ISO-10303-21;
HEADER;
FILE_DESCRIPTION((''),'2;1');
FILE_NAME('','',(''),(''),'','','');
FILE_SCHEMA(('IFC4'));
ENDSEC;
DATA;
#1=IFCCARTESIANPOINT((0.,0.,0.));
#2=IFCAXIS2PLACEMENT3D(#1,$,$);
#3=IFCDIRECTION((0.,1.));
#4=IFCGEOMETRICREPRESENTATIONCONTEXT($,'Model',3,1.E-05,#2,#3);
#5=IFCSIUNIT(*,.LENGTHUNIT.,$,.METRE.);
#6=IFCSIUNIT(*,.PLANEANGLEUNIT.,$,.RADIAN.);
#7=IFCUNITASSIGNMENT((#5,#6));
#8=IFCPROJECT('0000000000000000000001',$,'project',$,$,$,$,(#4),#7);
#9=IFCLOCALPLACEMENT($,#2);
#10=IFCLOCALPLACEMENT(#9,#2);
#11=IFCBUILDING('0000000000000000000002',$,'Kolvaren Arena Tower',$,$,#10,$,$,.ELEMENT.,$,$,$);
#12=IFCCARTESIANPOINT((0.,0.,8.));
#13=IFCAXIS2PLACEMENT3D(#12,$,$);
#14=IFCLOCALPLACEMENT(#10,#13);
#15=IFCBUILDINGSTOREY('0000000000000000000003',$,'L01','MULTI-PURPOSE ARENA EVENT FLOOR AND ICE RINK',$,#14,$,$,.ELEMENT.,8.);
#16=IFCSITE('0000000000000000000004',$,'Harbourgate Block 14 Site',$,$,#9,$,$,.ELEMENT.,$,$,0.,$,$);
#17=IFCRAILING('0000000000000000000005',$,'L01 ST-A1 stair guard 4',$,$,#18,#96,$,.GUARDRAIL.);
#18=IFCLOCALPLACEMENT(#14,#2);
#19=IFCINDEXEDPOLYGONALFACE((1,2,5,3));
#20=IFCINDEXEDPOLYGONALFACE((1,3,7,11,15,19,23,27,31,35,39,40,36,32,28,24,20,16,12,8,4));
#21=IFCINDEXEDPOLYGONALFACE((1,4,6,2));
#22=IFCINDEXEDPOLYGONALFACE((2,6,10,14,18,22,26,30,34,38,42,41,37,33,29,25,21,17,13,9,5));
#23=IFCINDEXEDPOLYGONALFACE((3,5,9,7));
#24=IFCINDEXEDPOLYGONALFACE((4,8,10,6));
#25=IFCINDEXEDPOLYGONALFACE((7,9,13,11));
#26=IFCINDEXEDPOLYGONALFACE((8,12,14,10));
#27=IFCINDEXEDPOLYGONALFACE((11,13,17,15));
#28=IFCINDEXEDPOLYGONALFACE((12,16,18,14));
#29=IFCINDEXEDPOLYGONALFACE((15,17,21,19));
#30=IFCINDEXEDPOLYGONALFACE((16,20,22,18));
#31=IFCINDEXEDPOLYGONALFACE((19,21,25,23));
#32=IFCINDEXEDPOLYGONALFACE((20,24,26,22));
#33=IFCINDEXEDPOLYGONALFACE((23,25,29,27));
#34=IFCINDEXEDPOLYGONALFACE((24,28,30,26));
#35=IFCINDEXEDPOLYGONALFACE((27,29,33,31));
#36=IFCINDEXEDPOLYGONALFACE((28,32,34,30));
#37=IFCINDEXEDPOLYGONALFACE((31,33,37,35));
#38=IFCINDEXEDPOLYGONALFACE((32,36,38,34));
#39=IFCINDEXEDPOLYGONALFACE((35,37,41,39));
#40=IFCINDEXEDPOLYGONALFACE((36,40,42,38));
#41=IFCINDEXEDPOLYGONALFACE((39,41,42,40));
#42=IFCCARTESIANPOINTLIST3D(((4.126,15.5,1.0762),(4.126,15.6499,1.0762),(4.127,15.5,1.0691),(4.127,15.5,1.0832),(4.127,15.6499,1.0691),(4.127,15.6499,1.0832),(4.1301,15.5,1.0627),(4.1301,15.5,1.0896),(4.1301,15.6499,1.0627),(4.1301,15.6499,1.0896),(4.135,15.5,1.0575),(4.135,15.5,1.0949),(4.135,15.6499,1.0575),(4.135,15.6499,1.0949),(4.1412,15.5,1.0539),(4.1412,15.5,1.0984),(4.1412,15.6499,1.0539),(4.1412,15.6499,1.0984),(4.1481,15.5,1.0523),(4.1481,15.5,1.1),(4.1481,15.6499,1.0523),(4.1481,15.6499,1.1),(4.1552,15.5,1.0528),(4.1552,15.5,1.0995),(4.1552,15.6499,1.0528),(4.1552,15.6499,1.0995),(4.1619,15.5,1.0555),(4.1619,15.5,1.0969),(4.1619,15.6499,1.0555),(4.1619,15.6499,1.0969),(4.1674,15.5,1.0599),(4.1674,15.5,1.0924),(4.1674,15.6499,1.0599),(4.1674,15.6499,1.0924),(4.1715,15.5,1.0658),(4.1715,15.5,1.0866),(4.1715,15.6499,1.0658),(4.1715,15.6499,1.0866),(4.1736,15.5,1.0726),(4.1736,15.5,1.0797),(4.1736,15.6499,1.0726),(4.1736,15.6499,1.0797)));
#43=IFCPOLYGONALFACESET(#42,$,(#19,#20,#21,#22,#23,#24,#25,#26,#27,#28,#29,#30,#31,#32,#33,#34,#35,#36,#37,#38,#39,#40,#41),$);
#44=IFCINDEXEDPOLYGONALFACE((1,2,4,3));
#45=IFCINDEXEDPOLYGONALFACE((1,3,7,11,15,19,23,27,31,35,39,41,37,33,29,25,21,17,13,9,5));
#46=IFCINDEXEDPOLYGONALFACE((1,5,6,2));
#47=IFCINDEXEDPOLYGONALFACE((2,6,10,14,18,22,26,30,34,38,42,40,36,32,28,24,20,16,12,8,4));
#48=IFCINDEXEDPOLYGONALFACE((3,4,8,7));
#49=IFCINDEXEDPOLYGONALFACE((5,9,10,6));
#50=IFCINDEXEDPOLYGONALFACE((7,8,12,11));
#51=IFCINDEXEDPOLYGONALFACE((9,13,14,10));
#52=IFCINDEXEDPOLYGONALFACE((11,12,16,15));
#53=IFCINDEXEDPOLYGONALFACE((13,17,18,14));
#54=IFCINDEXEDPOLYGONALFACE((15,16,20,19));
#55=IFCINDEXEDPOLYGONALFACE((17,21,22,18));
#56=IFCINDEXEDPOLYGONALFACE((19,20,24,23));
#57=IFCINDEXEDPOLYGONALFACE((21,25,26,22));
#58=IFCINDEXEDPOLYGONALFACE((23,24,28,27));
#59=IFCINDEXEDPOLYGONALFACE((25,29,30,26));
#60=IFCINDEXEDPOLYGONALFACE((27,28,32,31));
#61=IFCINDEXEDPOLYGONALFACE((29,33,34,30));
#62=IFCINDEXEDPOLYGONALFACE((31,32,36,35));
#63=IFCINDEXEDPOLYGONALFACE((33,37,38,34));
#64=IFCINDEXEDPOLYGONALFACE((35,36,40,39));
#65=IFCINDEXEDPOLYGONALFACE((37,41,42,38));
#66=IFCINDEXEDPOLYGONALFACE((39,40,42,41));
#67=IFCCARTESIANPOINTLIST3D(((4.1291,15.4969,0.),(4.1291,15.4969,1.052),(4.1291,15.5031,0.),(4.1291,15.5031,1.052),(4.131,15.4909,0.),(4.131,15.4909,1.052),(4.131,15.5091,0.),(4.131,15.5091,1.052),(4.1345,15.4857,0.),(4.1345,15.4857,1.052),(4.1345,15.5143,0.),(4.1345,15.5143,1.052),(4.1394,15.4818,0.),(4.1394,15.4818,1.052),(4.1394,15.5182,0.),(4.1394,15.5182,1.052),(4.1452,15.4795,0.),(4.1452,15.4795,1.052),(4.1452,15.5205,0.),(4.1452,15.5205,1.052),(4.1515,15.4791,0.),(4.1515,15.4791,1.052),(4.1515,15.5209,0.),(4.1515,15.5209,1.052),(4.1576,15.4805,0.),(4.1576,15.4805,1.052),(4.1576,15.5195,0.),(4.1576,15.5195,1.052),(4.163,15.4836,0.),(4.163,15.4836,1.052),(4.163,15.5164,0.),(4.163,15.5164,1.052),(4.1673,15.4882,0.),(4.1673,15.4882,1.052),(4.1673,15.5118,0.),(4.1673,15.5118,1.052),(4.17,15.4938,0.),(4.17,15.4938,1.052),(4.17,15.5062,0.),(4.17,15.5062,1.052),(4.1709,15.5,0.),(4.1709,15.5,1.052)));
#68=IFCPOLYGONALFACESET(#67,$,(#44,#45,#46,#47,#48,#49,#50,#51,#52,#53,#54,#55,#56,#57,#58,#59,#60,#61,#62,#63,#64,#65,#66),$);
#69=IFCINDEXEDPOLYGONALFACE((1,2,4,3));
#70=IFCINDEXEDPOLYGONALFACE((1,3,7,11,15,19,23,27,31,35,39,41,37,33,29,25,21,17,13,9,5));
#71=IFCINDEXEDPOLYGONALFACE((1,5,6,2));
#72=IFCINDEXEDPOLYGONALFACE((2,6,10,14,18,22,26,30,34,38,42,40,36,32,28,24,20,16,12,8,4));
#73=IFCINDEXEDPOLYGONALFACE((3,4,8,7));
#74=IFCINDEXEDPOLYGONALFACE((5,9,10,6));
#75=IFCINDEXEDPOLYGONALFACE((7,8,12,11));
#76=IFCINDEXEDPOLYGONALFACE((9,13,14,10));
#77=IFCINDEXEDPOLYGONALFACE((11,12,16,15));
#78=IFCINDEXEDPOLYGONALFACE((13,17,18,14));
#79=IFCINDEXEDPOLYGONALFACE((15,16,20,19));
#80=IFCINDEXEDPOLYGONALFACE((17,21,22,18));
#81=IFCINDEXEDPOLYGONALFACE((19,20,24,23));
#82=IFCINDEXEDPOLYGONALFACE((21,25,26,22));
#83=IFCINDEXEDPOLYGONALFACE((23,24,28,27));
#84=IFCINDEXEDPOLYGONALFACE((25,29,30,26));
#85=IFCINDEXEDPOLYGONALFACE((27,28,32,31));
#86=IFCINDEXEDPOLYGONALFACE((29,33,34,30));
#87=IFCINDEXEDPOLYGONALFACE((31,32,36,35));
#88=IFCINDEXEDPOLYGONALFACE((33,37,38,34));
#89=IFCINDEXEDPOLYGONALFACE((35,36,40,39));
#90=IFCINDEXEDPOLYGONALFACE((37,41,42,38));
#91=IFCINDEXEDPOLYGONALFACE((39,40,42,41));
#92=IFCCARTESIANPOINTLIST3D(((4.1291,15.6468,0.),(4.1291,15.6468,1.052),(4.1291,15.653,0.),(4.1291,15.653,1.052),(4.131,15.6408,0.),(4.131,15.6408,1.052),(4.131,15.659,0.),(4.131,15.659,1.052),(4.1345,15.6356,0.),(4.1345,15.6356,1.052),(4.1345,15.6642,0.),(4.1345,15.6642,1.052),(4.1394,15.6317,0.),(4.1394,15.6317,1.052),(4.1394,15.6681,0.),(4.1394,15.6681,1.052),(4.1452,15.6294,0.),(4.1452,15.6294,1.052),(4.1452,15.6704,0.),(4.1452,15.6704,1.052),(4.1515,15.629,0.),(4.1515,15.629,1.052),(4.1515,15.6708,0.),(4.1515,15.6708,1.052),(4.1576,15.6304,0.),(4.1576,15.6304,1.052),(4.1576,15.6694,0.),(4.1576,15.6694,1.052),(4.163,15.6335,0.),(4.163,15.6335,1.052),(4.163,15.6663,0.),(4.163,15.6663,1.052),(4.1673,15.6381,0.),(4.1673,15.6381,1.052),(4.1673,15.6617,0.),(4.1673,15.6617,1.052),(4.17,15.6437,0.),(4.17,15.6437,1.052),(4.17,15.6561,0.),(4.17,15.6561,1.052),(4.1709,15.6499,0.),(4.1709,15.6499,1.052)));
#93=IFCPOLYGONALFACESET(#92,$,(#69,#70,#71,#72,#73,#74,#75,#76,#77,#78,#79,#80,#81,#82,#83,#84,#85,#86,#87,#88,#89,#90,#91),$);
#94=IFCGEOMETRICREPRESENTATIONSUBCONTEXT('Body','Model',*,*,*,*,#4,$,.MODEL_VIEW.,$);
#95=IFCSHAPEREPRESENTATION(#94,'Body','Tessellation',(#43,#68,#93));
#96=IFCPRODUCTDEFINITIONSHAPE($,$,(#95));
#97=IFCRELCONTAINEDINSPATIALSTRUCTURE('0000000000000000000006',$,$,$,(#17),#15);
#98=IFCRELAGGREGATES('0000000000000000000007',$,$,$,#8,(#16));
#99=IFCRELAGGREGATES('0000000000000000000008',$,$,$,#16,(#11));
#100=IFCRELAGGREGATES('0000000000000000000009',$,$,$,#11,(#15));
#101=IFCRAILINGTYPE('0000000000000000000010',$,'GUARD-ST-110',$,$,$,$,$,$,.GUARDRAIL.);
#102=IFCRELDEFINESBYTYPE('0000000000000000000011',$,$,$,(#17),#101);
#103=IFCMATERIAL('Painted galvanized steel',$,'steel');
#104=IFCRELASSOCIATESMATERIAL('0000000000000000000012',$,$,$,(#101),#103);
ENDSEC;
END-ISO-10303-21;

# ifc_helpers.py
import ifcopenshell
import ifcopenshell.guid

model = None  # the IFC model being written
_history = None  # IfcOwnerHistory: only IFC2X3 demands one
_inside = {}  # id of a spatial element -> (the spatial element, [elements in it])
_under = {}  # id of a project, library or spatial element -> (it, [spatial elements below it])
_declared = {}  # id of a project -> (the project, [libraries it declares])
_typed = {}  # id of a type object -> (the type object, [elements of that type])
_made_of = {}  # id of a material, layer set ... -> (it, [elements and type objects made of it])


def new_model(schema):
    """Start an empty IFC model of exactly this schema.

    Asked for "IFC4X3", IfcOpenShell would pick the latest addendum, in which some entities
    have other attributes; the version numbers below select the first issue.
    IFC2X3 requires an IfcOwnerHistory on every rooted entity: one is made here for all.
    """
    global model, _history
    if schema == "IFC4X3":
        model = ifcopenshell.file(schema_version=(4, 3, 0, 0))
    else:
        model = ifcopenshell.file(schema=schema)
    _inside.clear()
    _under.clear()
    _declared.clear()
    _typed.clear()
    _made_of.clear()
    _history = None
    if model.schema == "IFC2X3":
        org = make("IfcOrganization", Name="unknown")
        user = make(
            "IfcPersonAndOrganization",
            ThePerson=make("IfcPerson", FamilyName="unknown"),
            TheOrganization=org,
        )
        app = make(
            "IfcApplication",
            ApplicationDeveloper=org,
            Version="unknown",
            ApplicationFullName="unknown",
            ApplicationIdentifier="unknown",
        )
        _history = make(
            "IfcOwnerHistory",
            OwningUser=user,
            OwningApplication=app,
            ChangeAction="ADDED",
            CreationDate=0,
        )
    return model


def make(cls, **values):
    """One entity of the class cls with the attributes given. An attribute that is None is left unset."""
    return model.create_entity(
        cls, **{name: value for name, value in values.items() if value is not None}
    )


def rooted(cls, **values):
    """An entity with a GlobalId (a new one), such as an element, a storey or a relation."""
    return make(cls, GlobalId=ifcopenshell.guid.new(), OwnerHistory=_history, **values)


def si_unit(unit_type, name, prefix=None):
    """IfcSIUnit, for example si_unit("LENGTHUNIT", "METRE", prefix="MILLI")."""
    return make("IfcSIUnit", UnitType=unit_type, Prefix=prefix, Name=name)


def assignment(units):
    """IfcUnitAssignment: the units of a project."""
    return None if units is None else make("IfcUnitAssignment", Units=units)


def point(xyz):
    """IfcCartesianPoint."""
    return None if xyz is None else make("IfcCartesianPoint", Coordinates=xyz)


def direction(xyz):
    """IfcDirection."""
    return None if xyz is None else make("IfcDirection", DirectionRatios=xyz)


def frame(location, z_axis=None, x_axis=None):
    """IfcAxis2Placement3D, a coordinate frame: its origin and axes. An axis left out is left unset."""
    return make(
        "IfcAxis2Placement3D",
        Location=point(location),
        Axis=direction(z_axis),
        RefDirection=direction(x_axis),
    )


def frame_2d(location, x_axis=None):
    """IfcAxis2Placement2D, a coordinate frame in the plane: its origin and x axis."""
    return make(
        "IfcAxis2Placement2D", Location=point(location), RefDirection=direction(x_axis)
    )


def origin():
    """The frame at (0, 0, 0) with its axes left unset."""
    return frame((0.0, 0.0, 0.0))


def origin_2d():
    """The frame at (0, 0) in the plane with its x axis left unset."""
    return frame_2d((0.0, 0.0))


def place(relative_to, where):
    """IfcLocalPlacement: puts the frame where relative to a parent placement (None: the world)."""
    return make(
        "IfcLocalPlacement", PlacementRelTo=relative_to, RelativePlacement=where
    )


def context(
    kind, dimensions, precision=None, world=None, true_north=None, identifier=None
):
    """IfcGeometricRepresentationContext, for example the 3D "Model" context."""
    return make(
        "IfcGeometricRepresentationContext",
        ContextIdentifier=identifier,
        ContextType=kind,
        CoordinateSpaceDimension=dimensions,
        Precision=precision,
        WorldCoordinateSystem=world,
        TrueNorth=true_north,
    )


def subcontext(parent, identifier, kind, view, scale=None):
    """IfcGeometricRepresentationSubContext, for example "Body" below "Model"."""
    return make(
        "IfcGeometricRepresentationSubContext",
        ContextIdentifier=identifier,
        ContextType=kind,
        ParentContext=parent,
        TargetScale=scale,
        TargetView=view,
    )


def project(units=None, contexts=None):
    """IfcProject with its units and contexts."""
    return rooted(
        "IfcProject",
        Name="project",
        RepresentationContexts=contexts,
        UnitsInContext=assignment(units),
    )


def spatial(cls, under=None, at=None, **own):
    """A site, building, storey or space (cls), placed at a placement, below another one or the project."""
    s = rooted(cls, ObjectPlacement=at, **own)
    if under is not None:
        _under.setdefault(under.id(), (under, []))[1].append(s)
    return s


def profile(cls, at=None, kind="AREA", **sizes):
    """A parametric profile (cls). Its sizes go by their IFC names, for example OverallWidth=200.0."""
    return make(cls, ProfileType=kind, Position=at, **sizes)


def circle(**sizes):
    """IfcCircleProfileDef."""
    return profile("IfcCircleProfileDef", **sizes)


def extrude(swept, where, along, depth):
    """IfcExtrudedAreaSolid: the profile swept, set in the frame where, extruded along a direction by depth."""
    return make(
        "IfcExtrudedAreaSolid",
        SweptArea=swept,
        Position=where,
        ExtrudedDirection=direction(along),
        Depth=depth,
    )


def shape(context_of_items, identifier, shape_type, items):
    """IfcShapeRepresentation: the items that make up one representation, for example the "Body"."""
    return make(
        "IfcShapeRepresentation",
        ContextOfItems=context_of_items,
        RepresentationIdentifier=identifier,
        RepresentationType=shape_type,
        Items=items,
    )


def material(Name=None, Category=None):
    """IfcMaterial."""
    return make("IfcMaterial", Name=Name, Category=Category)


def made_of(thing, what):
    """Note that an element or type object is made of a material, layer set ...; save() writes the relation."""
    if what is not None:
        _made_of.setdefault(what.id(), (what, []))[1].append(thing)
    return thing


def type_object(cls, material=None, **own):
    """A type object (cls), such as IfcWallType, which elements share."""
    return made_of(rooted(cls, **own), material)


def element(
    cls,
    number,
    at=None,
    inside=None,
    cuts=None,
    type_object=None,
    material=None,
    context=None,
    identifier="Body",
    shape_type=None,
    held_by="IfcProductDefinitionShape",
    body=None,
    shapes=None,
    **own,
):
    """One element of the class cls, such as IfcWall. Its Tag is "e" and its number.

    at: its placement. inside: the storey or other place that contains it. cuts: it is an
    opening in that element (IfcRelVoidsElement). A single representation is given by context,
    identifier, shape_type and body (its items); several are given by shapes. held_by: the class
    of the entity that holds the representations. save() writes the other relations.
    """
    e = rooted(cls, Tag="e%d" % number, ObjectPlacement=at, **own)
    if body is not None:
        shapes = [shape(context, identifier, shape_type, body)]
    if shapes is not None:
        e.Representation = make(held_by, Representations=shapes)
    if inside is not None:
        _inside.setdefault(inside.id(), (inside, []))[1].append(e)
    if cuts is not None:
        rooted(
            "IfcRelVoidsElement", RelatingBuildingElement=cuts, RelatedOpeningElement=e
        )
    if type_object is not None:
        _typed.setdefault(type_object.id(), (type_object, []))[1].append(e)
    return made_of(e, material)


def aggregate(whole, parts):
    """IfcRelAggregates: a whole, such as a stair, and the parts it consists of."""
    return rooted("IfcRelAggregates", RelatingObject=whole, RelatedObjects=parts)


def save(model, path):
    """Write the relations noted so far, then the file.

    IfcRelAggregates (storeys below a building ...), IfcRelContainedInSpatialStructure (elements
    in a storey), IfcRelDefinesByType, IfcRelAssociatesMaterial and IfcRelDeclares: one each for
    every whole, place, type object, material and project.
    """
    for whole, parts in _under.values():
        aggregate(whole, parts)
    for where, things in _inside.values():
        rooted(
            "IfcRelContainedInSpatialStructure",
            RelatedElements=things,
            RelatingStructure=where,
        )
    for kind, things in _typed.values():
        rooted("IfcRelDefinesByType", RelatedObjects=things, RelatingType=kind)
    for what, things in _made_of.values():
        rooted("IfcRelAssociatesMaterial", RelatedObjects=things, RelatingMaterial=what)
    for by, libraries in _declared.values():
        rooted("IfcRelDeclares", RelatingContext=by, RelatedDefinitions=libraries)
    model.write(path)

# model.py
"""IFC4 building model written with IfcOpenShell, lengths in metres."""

from ifc_helpers import new_model, si_unit, direction, frame, origin, origin_2d, place, context, subcontext, project, spatial, circle, extrude, material, type_object, element, save


model = new_model("IFC4")

# Units and contexts
model_context = context("Model", 3, precision=1e-05, world=origin(), true_north=direction((0.0, 1.0)))
body_context = subcontext(model_context, "Body", "Model", "MODEL_VIEW")
ifc_project = project(units=[si_unit("LENGTHUNIT", "METRE"), si_unit("PLANEANGLEUNIT", "RADIAN")], contexts=[model_context])

# Site, building, storey
site_placement = place(None, origin())
site = spatial("IfcSite", under=ifc_project, at=site_placement, Name="Harbourgate Block 14 Site", CompositionType="ELEMENT", RefElevation=0.0)
building_placement = place(site_placement, origin())
building = spatial("IfcBuilding", under=site, at=building_placement, Name="Kolvaren Arena Tower", CompositionType="ELEMENT")
storey_placement = place(building_placement, frame((0.0, 0.0, 8.0)))
storey = spatial("IfcBuildingStorey", under=building, at=storey_placement, Name="L01", Description="MULTI-PURPOSE ARENA EVENT FLOOR AND ICE RINK", CompositionType="ELEMENT", Elevation=8.0)

# Railing
ifc_material_1 = material(Name="Painted galvanized steel", Category="steel")
railing_type_1 = type_object("IfcRailingType", Name="GUARD-ST-110", PredefinedType="GUARDRAIL", material=ifc_material_1)
railing_1_placement = place(storey_placement, frame((4.1499, 15.5, 0.0)))
element("IfcRailing", 1, at=railing_1_placement, inside=storey, type_object=railing_type_1, Name="L01 ST-A1 stair guard 4", PredefinedType="GUARDRAIL", context=body_context, shape_type="SweptSolid", body=[
    extrude(circle(Radius=0.0239, at=origin_2d()), frame((0.0, 0.0, 1.0762), z_axis=(0.0, 1.0, 0.0), x_axis=(-1.0, 0.0, 0.0)), (0.0, 0.0, 1.0), 0.1499),
    extrude(circle(Radius=0.021, at=origin_2d()), origin(), (0.0, 0.0, 1.0), 1.052),
    extrude(circle(Radius=0.021, at=origin_2d()), frame((0.0, 0.1499, 0.0)), (0.0, 0.0, 1.0), 1.052),
])

save(model, "model.ifc")
